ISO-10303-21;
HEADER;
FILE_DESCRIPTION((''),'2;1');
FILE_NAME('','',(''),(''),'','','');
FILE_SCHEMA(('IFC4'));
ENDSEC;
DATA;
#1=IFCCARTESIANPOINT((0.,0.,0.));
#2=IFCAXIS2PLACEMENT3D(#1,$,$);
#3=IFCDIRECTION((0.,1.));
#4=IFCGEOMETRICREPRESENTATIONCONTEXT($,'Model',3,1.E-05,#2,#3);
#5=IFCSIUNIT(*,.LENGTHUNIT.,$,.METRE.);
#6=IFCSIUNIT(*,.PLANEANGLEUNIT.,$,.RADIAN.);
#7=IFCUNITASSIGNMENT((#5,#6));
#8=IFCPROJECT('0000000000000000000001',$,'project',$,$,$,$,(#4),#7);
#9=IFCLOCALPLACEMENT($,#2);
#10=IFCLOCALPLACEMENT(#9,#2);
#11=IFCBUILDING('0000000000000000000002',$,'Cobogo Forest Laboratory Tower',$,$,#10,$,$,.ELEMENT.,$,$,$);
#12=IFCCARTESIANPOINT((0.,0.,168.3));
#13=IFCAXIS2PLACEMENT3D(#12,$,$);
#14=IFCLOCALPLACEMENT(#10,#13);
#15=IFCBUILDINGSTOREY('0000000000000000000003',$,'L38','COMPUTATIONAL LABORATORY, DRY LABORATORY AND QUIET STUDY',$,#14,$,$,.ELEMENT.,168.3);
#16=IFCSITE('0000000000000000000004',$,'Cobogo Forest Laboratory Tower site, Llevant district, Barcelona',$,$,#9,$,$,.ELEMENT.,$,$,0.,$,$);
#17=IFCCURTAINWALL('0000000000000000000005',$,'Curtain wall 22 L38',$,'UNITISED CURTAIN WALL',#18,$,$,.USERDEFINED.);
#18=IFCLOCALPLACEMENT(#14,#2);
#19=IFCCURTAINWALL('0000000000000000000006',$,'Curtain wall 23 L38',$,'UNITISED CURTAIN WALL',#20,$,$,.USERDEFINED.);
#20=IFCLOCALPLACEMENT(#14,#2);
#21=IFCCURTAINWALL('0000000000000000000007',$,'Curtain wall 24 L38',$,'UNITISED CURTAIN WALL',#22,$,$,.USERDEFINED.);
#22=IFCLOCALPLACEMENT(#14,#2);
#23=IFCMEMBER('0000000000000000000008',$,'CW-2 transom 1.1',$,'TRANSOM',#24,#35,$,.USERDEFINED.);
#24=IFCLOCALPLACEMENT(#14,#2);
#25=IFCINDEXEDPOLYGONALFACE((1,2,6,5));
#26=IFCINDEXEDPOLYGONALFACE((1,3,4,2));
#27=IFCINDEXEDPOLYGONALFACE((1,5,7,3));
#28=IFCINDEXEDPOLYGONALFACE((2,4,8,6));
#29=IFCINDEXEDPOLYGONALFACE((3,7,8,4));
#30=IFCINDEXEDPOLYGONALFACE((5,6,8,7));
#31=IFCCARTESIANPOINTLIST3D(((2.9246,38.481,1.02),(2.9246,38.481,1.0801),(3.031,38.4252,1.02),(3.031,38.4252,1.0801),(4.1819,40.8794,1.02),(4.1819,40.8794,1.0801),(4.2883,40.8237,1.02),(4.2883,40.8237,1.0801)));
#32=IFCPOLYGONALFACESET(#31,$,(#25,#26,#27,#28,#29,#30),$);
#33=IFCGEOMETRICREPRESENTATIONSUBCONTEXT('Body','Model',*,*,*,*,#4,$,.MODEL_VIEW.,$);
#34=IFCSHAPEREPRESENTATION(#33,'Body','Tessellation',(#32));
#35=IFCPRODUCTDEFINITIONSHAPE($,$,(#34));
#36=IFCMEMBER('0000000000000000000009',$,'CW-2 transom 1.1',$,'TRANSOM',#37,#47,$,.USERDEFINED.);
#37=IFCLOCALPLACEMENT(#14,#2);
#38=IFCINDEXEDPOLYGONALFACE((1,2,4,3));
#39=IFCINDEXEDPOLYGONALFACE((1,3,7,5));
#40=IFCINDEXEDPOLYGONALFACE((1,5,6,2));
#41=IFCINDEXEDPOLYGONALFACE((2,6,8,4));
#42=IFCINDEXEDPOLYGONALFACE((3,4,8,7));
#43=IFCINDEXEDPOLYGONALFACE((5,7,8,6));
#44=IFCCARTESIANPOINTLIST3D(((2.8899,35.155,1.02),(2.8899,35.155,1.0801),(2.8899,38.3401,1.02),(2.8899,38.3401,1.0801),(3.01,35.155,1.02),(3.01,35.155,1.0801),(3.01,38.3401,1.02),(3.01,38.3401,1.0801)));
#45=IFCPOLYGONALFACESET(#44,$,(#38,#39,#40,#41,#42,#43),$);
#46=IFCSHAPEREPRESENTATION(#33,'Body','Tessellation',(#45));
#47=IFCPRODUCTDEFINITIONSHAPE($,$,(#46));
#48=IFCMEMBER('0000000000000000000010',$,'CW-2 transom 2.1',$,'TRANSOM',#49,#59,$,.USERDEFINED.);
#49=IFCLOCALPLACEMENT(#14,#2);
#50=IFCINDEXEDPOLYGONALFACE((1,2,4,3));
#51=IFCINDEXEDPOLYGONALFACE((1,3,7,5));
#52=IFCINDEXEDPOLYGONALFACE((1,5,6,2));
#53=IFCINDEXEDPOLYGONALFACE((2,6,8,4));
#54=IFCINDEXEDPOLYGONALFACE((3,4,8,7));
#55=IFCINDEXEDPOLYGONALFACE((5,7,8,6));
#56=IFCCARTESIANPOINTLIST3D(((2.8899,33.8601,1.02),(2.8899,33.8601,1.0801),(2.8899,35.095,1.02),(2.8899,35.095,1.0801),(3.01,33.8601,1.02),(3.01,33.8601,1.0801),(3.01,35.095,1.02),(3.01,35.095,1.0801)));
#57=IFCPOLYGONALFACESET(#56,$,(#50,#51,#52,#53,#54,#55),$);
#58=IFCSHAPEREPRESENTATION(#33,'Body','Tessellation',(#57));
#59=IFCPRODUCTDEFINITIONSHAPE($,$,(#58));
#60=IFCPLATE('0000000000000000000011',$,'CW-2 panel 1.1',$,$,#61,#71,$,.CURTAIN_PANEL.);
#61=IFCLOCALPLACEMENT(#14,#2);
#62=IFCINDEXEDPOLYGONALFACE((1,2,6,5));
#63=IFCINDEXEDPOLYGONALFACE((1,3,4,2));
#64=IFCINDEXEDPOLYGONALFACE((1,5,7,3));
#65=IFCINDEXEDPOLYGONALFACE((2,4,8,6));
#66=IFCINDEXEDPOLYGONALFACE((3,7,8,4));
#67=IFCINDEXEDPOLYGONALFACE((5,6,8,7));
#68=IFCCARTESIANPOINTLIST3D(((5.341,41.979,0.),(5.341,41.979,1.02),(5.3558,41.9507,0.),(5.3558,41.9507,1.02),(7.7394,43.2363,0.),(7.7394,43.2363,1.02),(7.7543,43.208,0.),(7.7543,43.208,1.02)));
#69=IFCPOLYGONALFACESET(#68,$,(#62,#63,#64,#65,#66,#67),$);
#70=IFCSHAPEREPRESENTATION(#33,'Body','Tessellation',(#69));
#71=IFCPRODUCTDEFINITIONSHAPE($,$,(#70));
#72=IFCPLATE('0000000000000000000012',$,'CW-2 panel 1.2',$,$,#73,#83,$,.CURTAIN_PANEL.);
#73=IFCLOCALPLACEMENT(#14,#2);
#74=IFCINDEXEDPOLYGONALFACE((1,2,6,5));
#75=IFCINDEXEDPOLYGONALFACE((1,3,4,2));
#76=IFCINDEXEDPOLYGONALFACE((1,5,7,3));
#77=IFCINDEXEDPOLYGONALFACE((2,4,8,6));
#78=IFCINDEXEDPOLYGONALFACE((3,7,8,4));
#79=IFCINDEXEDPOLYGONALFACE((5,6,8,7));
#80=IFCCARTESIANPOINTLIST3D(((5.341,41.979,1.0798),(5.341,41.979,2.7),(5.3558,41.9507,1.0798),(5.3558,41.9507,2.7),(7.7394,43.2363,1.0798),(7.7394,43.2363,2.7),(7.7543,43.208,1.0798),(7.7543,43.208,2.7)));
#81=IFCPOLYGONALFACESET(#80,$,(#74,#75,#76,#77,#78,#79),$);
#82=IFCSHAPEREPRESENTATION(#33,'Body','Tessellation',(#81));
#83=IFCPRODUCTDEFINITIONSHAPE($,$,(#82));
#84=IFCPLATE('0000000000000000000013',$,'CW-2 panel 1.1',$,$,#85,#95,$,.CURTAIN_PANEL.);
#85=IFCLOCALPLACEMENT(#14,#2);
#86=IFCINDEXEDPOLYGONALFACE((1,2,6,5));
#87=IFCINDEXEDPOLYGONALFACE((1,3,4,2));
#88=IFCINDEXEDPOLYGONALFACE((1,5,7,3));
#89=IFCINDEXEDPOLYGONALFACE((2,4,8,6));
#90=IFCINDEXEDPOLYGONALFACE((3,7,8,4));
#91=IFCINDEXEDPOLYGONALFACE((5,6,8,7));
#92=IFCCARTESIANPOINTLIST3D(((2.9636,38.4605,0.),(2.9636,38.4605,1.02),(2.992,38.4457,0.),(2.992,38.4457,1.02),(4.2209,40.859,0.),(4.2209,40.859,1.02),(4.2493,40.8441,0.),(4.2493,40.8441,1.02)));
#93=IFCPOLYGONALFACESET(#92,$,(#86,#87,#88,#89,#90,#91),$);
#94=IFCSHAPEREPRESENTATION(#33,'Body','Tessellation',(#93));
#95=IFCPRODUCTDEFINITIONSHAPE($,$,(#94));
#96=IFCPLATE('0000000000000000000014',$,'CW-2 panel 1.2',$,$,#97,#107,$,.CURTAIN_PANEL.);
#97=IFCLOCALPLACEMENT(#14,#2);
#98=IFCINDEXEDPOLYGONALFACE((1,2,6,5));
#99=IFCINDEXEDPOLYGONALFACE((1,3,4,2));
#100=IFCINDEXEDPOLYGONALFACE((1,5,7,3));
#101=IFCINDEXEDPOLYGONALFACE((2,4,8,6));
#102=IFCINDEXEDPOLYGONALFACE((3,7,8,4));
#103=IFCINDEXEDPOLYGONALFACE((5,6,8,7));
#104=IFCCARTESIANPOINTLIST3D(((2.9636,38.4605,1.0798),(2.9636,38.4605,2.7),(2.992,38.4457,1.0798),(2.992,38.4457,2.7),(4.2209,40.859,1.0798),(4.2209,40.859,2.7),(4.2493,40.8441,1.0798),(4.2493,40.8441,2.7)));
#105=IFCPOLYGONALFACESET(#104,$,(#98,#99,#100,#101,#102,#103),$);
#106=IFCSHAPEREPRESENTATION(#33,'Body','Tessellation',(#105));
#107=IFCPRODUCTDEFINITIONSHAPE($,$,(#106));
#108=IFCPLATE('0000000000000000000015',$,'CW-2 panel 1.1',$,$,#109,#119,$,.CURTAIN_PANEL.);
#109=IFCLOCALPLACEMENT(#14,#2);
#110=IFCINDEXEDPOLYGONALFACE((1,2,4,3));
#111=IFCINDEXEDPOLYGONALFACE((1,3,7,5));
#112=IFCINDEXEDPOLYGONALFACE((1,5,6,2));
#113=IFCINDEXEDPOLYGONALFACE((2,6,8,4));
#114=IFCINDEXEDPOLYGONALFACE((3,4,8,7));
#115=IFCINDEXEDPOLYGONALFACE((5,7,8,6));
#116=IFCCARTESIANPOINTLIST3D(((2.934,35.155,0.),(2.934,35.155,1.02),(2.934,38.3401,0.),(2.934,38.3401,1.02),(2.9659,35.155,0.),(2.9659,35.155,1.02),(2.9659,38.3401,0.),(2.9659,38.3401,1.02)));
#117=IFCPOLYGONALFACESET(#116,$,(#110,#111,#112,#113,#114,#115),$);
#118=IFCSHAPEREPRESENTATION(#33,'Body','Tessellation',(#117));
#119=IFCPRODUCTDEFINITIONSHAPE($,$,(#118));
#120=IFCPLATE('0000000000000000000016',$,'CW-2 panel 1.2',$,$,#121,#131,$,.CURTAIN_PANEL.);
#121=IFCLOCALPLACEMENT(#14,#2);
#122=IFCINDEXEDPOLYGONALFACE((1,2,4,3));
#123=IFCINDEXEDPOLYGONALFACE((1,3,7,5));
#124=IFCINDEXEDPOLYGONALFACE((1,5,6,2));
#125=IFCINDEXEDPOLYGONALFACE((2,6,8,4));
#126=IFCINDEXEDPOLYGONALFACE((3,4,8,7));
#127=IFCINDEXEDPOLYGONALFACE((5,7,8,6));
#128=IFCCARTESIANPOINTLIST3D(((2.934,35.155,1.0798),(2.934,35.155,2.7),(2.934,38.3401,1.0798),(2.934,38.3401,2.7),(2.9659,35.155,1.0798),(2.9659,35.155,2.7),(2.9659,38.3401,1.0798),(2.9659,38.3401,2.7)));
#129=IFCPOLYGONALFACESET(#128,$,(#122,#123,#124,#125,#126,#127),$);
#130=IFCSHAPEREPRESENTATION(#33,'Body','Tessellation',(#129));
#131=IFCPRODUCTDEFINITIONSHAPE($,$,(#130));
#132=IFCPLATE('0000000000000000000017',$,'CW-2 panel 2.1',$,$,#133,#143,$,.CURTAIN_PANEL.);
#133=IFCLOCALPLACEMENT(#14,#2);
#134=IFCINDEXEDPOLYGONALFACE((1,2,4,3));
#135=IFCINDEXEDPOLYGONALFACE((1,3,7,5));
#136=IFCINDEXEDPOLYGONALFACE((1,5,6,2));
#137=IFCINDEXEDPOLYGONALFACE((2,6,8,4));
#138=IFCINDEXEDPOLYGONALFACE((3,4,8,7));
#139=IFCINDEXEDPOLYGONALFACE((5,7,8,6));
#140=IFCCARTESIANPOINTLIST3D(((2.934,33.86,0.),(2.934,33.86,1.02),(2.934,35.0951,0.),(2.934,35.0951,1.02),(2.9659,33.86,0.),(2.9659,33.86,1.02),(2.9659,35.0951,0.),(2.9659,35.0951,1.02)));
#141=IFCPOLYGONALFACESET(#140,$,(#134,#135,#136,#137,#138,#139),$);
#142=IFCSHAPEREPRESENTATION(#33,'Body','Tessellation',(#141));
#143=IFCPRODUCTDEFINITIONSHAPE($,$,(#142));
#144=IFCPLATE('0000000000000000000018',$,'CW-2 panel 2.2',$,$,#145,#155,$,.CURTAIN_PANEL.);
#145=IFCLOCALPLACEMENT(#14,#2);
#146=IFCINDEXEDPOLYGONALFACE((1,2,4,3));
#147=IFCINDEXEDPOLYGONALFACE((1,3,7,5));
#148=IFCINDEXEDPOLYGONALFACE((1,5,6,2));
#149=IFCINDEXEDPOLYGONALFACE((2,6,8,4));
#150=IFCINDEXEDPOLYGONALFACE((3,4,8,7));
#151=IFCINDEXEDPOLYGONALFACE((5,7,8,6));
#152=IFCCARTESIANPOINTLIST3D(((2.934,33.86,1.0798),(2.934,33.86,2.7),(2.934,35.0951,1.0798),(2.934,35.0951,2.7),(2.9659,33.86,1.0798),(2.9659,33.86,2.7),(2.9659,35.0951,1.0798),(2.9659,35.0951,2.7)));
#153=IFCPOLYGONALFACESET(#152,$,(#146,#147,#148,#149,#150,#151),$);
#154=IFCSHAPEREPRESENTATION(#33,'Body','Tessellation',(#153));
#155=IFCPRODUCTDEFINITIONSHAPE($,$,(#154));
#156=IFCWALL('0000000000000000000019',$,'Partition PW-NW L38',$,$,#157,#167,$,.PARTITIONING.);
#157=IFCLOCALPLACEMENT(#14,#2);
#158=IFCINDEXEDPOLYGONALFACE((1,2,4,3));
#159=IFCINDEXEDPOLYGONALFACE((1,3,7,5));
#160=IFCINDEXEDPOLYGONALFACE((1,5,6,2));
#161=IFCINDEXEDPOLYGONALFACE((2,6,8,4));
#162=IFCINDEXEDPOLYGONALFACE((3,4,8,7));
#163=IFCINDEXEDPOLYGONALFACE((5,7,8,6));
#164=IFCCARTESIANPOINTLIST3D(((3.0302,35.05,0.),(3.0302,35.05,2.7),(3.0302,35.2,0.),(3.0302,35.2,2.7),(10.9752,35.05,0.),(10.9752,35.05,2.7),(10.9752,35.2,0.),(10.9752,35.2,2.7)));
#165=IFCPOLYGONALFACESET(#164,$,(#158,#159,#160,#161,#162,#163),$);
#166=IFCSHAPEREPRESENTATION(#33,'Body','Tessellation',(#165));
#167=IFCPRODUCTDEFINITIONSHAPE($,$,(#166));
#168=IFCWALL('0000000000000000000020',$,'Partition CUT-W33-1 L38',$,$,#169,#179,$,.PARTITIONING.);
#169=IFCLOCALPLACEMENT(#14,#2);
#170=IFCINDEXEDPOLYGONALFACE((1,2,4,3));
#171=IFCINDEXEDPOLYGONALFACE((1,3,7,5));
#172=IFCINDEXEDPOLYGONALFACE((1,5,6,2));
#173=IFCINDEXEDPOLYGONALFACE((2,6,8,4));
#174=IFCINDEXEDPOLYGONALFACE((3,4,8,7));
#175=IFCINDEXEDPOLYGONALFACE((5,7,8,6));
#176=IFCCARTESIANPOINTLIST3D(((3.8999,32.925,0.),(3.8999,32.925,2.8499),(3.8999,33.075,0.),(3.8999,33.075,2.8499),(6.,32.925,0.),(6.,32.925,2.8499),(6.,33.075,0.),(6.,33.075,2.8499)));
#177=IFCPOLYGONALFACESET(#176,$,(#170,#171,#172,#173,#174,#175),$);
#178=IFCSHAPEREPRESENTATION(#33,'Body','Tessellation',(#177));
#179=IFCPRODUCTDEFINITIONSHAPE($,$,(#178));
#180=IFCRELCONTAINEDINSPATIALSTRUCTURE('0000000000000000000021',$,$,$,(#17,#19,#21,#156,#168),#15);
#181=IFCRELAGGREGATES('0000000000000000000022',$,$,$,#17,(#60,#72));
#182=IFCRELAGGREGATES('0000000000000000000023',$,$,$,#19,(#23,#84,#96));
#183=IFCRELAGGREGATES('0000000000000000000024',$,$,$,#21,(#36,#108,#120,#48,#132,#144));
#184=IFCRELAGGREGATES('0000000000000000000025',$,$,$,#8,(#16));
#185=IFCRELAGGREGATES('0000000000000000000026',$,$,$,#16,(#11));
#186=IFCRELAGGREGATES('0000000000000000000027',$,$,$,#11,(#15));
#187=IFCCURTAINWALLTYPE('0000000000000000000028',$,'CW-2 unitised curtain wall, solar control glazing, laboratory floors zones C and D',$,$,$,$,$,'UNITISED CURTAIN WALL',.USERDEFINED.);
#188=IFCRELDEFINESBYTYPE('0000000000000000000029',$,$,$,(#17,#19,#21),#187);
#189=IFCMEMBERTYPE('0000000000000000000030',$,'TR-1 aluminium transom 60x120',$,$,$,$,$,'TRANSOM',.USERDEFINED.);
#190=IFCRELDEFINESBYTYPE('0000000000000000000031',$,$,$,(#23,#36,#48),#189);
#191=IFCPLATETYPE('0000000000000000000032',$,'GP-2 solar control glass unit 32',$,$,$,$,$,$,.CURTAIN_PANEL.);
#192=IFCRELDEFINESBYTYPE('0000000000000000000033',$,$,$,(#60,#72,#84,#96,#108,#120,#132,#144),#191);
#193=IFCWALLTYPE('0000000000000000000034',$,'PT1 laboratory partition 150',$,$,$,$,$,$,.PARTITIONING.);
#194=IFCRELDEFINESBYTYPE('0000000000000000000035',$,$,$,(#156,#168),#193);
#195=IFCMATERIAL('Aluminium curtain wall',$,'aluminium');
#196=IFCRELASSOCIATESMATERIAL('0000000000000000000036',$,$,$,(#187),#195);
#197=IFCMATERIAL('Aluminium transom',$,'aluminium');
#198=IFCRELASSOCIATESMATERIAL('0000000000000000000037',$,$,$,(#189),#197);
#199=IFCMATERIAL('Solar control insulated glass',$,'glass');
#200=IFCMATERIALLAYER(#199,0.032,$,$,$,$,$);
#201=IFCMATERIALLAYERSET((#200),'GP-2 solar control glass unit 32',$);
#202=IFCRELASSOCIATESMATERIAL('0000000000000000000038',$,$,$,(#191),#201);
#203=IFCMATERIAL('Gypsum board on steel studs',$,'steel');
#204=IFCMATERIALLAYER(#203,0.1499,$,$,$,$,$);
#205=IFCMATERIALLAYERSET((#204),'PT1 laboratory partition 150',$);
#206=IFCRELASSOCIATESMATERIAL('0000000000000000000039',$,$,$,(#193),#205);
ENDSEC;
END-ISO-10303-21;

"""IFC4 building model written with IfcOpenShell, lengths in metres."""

from ifc_helpers import new_model, si_unit, direction, frame, frame_2d, origin, origin_2d, place, context, subcontext, project, spatial, rectangle, extrude, material, layer, layer_set, material_profile, profile_set, type_object, element, aggregate, save


model = new_model("IFC4")

# Units and contexts
model_context = context("Model", 3, precision=1e-05, world=origin(), true_north=direction((0.0, 1.0)))
body_context = subcontext(model_context, "Body", "Model", "MODEL_VIEW")
ifc_project = project(units=[si_unit("LENGTHUNIT", "METRE"), si_unit("PLANEANGLEUNIT", "RADIAN")], contexts=[model_context])

# Site, building, storey
site_placement = place(None, origin())
site = spatial("IfcSite", under=ifc_project, at=site_placement, Name="Cobogo Forest Laboratory Tower site, Llevant district, Barcelona", CompositionType="ELEMENT", RefElevation=0.0)
building_placement = place(site_placement, origin())
building = spatial("IfcBuilding", under=site, at=building_placement, Name="Cobogo Forest Laboratory Tower", CompositionType="ELEMENT")
storey_placement = place(building_placement, frame((0.0, 0.0, 168.3)))
storey = spatial("IfcBuildingStorey", under=building, at=storey_placement, Name="L38", Description="COMPUTATIONAL LABORATORY, DRY LABORATORY AND QUIET STUDY", CompositionType="ELEMENT", Elevation=168.3)

# Curtain wall
ifc_material_1 = material(Name="Aluminium curtain wall", Category="aluminium")
curtain_wall_type = type_object("IfcCurtainWallType", Name="CW-2 unitised curtain wall, solar control glazing, laboratory floors zones C and D", ElementType="UNITISED CURTAIN WALL", PredefinedType="USERDEFINED", material=ifc_material_1)
curtain_wall_1_placement = place(storey_placement, origin())
curtain_wall_1 = element("IfcCurtainWall", 1, at=curtain_wall_1_placement, inside=storey, type_object=curtain_wall_type, Name="Curtain wall 22 L38", ObjectType="UNITISED CURTAIN WALL", PredefinedType="USERDEFINED")

# Curtain walls
curtain_wall_2_placement = place(storey_placement, origin())
curtain_wall_2 = element("IfcCurtainWall", 2, at=curtain_wall_2_placement, inside=storey, type_object=curtain_wall_type, Name="Curtain wall 23 L38", ObjectType="UNITISED CURTAIN WALL", PredefinedType="USERDEFINED")
curtain_wall_3_placement = place(storey_placement, origin())
curtain_wall_3 = element("IfcCurtainWall", 3, at=curtain_wall_3_placement, inside=storey, type_object=curtain_wall_type, Name="Curtain wall 24 L38", ObjectType="UNITISED CURTAIN WALL", PredefinedType="USERDEFINED")

# Members
ifc_material_2 = material(Name="Aluminium transom", Category="aluminium")
ifc_material_profile_1 = material_profile(ifc_material_2, rectangle(XDim=0.1201, YDim=0.0601, at=origin_2d()), Name="AL 60x120")
ifc_profile_set_1 = profile_set([ifc_material_profile_1], Name="Aluminium transom")
member_type_1 = type_object("IfcMemberType", Name="TR-1 aluminium transom 60x120", ElementType="TRANSOM", PredefinedType="USERDEFINED", material=ifc_profile_set_1)
member_1_placement = place(storey_placement, frame((4.2351, 40.8516, 1.05), z_axis=(-0.464297, -0.88568, 0.0), x_axis=(0.88568, -0.464297, 0.0)))
member_1 = element("IfcMember", 4, at=member_1_placement, type_object=member_type_1, Name="CW-2 transom 1.1", ObjectType="TRANSOM", PredefinedType="USERDEFINED", context=body_context, shape_type="SweptSolid", body=[
    extrude(rectangle(XDim=0.1201, YDim=0.0601, at=origin_2d()), origin(), (0.0, 0.0, 1.0), 2.708),
])
member_2_placement = place(storey_placement, frame((2.95, 38.3401, 1.05), z_axis=(0.0, -1.0, 0.0), x_axis=(1.0, 0.0, 0.0)))
member_2 = element("IfcMember", 5, at=member_2_placement, type_object=member_type_1, Name="CW-2 transom 1.1", ObjectType="TRANSOM", PredefinedType="USERDEFINED", context=body_context, shape_type="SweptSolid", body=[
    extrude(rectangle(XDim=0.1201, YDim=0.0601, at=origin_2d()), origin(), (0.0, 0.0, 1.0), 3.1851),
])
member_3_placement = place(storey_placement, frame((2.95, 35.095, 1.05), z_axis=(0.0, -1.0, 0.0), x_axis=(1.0, 0.0, 0.0)))
member_3 = element("IfcMember", 6, at=member_3_placement, type_object=member_type_1, Name="CW-2 transom 2.1", ObjectType="TRANSOM", PredefinedType="USERDEFINED", context=body_context, shape_type="SweptSolid", body=[
    extrude(rectangle(XDim=0.1201, YDim=0.0601, at=origin_2d()), origin(), (0.0, 0.0, 1.0), 1.2349),
])

# Plates
ifc_material_3 = material(Name="Solar control insulated glass", Category="glass")
ifc_layer_1 = layer(ifc_material_3, 0.032)
ifc_layer_set_1 = layer_set([ifc_layer_1], Name="GP-2 solar control glass unit 32")
plate_type = type_object("IfcPlateType", Name="GP-2 solar control glass unit 32", PredefinedType="CURTAIN_PANEL", material=ifc_layer_set_1)
plate_1_placement = place(storey_placement, frame((6.5476, 42.5935, 0.0), z_axis=(0.0, 0.0, 1.0), x_axis=(-0.885686, -0.464284, 0.0)))
plate_1 = element("IfcPlate", 7, at=plate_1_placement, type_object=plate_type, Name="CW-2 panel 1.1", PredefinedType="CURTAIN_PANEL", context=body_context, shape_type="SweptSolid", body=[
    extrude(rectangle(XDim=2.708, YDim=0.032, at=origin_2d()), origin(), (0.0, 0.0, 1.0), 1.02),
])
plate_2_placement = place(storey_placement, frame((6.5476, 42.5935, 1.0798), z_axis=(0.0, 0.0, 1.0), x_axis=(-0.885686, -0.464284, 0.0)))
plate_2 = element("IfcPlate", 8, at=plate_2_placement, type_object=plate_type, Name="CW-2 panel 1.2", PredefinedType="CURTAIN_PANEL", context=body_context, shape_type="SweptSolid", body=[
    extrude(rectangle(XDim=2.708, YDim=0.032, at=origin_2d()), origin(), (0.0, 0.0, 1.0), 1.6201),
])
aggregate(curtain_wall_1, [plate_1, plate_2])
plate_3_placement = place(storey_placement, frame((3.6064, 39.6523, 0.0), z_axis=(0.0, 0.0, 1.0), x_axis=(-0.464284, -0.885686, 0.0)))
plate_3 = element("IfcPlate", 9, at=plate_3_placement, type_object=plate_type, Name="CW-2 panel 1.1", PredefinedType="CURTAIN_PANEL", context=body_context, shape_type="SweptSolid", body=[
    extrude(rectangle(XDim=2.708, YDim=0.032, at=origin_2d()), origin(), (0.0, 0.0, 1.0), 1.02),
])
plate_4_placement = place(storey_placement, frame((3.6064, 39.6523, 1.0798), z_axis=(0.0, 0.0, 1.0), x_axis=(-0.464284, -0.885686, 0.0)))
plate_4 = element("IfcPlate", 10, at=plate_4_placement, type_object=plate_type, Name="CW-2 panel 1.2", PredefinedType="CURTAIN_PANEL", context=body_context, shape_type="SweptSolid", body=[
    extrude(rectangle(XDim=2.708, YDim=0.032, at=origin_2d()), origin(), (0.0, 0.0, 1.0), 1.6201),
])
aggregate(curtain_wall_2, [member_1, plate_3, plate_4])
plate_5_placement = place(storey_placement, frame((2.95, 36.7476, 0.0), z_axis=(0.0, 0.0, 1.0), x_axis=(0.0, -1.0, 0.0)))
plate_5 = element("IfcPlate", 11, at=plate_5_placement, type_object=plate_type, Name="CW-2 panel 1.1", PredefinedType="CURTAIN_PANEL", context=body_context, shape_type="SweptSolid", body=[
    extrude(rectangle(XDim=3.1851, YDim=0.032, at=origin_2d()), origin(), (0.0, 0.0, 1.0), 1.02),
])
plate_6_placement = place(storey_placement, frame((2.95, 36.7476, 1.0798), z_axis=(0.0, 0.0, 1.0), x_axis=(0.0, -1.0, 0.0)))
plate_6 = element("IfcPlate", 12, at=plate_6_placement, type_object=plate_type, Name="CW-2 panel 1.2", PredefinedType="CURTAIN_PANEL", context=body_context, shape_type="SweptSolid", body=[
    extrude(rectangle(XDim=3.1851, YDim=0.032, at=origin_2d()), origin(), (0.0, 0.0, 1.0), 1.6201),
])
plate_7_placement = place(storey_placement, frame((2.95, 34.4775, 0.0), z_axis=(0.0, 0.0, 1.0), x_axis=(0.0, -1.0, 0.0)))
plate_7 = element("IfcPlate", 13, at=plate_7_placement, type_object=plate_type, Name="CW-2 panel 2.1", PredefinedType="CURTAIN_PANEL", context=body_context, shape_type="SweptSolid", body=[
    extrude(rectangle(XDim=1.2351, YDim=0.032, at=origin_2d()), origin(), (0.0, 0.0, 1.0), 1.02),
])
plate_8_placement = place(storey_placement, frame((2.95, 34.4775, 1.0798), z_axis=(0.0, 0.0, 1.0), x_axis=(0.0, -1.0, 0.0)))
plate_8 = element("IfcPlate", 14, at=plate_8_placement, type_object=plate_type, Name="CW-2 panel 2.2", PredefinedType="CURTAIN_PANEL", context=body_context, shape_type="SweptSolid", body=[
    extrude(rectangle(XDim=1.2351, YDim=0.032, at=origin_2d()), origin(), (0.0, 0.0, 1.0), 1.6201),
])
aggregate(curtain_wall_3, [member_2, plate_5, plate_6, member_3, plate_7, plate_8])

# Walls
ifc_material_4 = material(Name="Gypsum board on steel studs", Category="steel")
ifc_layer_2 = layer(ifc_material_4, 0.1499)
ifc_layer_set_2 = layer_set([ifc_layer_2], Name="PT1 laboratory partition 150")
wall_type = type_object("IfcWallType", Name="PT1 laboratory partition 150", PredefinedType="PARTITIONING", material=ifc_layer_set_2)
wall_1_placement = place(storey_placement, frame((3.03, 35.125, 0.0), z_axis=(0.0, 0.0, 1.0), x_axis=(1.0, 0.0, 0.0)))
element("IfcWall", 15, at=wall_1_placement, inside=storey, type_object=wall_type, Name="Partition PW-NW L38", PredefinedType="PARTITIONING", context=body_context, shape_type="SweptSolid", body=[
    extrude(rectangle(XDim=7.9451, YDim=0.1499, at=frame_2d((3.9727, 0.0))), origin(), (0.0, 0.0, 1.0), 2.7),
])
wall_2_placement = place(storey_placement, frame((3.8999, 33.0, 0.0), z_axis=(0.0, 0.0, 1.0), x_axis=(1.0, 0.0, 0.0)))
element("IfcWall", 16, at=wall_2_placement, inside=storey, type_object=wall_type, Name="Partition CUT-W33-1 L38", PredefinedType="PARTITIONING", context=body_context, shape_type="SweptSolid", body=[
    extrude(rectangle(XDim=2.1001, YDim=0.1499, at=frame_2d((1.05, 0.0))), origin(), (0.0, 0.0, 1.0), 2.8499),
])

save(model, "model.ifc")
